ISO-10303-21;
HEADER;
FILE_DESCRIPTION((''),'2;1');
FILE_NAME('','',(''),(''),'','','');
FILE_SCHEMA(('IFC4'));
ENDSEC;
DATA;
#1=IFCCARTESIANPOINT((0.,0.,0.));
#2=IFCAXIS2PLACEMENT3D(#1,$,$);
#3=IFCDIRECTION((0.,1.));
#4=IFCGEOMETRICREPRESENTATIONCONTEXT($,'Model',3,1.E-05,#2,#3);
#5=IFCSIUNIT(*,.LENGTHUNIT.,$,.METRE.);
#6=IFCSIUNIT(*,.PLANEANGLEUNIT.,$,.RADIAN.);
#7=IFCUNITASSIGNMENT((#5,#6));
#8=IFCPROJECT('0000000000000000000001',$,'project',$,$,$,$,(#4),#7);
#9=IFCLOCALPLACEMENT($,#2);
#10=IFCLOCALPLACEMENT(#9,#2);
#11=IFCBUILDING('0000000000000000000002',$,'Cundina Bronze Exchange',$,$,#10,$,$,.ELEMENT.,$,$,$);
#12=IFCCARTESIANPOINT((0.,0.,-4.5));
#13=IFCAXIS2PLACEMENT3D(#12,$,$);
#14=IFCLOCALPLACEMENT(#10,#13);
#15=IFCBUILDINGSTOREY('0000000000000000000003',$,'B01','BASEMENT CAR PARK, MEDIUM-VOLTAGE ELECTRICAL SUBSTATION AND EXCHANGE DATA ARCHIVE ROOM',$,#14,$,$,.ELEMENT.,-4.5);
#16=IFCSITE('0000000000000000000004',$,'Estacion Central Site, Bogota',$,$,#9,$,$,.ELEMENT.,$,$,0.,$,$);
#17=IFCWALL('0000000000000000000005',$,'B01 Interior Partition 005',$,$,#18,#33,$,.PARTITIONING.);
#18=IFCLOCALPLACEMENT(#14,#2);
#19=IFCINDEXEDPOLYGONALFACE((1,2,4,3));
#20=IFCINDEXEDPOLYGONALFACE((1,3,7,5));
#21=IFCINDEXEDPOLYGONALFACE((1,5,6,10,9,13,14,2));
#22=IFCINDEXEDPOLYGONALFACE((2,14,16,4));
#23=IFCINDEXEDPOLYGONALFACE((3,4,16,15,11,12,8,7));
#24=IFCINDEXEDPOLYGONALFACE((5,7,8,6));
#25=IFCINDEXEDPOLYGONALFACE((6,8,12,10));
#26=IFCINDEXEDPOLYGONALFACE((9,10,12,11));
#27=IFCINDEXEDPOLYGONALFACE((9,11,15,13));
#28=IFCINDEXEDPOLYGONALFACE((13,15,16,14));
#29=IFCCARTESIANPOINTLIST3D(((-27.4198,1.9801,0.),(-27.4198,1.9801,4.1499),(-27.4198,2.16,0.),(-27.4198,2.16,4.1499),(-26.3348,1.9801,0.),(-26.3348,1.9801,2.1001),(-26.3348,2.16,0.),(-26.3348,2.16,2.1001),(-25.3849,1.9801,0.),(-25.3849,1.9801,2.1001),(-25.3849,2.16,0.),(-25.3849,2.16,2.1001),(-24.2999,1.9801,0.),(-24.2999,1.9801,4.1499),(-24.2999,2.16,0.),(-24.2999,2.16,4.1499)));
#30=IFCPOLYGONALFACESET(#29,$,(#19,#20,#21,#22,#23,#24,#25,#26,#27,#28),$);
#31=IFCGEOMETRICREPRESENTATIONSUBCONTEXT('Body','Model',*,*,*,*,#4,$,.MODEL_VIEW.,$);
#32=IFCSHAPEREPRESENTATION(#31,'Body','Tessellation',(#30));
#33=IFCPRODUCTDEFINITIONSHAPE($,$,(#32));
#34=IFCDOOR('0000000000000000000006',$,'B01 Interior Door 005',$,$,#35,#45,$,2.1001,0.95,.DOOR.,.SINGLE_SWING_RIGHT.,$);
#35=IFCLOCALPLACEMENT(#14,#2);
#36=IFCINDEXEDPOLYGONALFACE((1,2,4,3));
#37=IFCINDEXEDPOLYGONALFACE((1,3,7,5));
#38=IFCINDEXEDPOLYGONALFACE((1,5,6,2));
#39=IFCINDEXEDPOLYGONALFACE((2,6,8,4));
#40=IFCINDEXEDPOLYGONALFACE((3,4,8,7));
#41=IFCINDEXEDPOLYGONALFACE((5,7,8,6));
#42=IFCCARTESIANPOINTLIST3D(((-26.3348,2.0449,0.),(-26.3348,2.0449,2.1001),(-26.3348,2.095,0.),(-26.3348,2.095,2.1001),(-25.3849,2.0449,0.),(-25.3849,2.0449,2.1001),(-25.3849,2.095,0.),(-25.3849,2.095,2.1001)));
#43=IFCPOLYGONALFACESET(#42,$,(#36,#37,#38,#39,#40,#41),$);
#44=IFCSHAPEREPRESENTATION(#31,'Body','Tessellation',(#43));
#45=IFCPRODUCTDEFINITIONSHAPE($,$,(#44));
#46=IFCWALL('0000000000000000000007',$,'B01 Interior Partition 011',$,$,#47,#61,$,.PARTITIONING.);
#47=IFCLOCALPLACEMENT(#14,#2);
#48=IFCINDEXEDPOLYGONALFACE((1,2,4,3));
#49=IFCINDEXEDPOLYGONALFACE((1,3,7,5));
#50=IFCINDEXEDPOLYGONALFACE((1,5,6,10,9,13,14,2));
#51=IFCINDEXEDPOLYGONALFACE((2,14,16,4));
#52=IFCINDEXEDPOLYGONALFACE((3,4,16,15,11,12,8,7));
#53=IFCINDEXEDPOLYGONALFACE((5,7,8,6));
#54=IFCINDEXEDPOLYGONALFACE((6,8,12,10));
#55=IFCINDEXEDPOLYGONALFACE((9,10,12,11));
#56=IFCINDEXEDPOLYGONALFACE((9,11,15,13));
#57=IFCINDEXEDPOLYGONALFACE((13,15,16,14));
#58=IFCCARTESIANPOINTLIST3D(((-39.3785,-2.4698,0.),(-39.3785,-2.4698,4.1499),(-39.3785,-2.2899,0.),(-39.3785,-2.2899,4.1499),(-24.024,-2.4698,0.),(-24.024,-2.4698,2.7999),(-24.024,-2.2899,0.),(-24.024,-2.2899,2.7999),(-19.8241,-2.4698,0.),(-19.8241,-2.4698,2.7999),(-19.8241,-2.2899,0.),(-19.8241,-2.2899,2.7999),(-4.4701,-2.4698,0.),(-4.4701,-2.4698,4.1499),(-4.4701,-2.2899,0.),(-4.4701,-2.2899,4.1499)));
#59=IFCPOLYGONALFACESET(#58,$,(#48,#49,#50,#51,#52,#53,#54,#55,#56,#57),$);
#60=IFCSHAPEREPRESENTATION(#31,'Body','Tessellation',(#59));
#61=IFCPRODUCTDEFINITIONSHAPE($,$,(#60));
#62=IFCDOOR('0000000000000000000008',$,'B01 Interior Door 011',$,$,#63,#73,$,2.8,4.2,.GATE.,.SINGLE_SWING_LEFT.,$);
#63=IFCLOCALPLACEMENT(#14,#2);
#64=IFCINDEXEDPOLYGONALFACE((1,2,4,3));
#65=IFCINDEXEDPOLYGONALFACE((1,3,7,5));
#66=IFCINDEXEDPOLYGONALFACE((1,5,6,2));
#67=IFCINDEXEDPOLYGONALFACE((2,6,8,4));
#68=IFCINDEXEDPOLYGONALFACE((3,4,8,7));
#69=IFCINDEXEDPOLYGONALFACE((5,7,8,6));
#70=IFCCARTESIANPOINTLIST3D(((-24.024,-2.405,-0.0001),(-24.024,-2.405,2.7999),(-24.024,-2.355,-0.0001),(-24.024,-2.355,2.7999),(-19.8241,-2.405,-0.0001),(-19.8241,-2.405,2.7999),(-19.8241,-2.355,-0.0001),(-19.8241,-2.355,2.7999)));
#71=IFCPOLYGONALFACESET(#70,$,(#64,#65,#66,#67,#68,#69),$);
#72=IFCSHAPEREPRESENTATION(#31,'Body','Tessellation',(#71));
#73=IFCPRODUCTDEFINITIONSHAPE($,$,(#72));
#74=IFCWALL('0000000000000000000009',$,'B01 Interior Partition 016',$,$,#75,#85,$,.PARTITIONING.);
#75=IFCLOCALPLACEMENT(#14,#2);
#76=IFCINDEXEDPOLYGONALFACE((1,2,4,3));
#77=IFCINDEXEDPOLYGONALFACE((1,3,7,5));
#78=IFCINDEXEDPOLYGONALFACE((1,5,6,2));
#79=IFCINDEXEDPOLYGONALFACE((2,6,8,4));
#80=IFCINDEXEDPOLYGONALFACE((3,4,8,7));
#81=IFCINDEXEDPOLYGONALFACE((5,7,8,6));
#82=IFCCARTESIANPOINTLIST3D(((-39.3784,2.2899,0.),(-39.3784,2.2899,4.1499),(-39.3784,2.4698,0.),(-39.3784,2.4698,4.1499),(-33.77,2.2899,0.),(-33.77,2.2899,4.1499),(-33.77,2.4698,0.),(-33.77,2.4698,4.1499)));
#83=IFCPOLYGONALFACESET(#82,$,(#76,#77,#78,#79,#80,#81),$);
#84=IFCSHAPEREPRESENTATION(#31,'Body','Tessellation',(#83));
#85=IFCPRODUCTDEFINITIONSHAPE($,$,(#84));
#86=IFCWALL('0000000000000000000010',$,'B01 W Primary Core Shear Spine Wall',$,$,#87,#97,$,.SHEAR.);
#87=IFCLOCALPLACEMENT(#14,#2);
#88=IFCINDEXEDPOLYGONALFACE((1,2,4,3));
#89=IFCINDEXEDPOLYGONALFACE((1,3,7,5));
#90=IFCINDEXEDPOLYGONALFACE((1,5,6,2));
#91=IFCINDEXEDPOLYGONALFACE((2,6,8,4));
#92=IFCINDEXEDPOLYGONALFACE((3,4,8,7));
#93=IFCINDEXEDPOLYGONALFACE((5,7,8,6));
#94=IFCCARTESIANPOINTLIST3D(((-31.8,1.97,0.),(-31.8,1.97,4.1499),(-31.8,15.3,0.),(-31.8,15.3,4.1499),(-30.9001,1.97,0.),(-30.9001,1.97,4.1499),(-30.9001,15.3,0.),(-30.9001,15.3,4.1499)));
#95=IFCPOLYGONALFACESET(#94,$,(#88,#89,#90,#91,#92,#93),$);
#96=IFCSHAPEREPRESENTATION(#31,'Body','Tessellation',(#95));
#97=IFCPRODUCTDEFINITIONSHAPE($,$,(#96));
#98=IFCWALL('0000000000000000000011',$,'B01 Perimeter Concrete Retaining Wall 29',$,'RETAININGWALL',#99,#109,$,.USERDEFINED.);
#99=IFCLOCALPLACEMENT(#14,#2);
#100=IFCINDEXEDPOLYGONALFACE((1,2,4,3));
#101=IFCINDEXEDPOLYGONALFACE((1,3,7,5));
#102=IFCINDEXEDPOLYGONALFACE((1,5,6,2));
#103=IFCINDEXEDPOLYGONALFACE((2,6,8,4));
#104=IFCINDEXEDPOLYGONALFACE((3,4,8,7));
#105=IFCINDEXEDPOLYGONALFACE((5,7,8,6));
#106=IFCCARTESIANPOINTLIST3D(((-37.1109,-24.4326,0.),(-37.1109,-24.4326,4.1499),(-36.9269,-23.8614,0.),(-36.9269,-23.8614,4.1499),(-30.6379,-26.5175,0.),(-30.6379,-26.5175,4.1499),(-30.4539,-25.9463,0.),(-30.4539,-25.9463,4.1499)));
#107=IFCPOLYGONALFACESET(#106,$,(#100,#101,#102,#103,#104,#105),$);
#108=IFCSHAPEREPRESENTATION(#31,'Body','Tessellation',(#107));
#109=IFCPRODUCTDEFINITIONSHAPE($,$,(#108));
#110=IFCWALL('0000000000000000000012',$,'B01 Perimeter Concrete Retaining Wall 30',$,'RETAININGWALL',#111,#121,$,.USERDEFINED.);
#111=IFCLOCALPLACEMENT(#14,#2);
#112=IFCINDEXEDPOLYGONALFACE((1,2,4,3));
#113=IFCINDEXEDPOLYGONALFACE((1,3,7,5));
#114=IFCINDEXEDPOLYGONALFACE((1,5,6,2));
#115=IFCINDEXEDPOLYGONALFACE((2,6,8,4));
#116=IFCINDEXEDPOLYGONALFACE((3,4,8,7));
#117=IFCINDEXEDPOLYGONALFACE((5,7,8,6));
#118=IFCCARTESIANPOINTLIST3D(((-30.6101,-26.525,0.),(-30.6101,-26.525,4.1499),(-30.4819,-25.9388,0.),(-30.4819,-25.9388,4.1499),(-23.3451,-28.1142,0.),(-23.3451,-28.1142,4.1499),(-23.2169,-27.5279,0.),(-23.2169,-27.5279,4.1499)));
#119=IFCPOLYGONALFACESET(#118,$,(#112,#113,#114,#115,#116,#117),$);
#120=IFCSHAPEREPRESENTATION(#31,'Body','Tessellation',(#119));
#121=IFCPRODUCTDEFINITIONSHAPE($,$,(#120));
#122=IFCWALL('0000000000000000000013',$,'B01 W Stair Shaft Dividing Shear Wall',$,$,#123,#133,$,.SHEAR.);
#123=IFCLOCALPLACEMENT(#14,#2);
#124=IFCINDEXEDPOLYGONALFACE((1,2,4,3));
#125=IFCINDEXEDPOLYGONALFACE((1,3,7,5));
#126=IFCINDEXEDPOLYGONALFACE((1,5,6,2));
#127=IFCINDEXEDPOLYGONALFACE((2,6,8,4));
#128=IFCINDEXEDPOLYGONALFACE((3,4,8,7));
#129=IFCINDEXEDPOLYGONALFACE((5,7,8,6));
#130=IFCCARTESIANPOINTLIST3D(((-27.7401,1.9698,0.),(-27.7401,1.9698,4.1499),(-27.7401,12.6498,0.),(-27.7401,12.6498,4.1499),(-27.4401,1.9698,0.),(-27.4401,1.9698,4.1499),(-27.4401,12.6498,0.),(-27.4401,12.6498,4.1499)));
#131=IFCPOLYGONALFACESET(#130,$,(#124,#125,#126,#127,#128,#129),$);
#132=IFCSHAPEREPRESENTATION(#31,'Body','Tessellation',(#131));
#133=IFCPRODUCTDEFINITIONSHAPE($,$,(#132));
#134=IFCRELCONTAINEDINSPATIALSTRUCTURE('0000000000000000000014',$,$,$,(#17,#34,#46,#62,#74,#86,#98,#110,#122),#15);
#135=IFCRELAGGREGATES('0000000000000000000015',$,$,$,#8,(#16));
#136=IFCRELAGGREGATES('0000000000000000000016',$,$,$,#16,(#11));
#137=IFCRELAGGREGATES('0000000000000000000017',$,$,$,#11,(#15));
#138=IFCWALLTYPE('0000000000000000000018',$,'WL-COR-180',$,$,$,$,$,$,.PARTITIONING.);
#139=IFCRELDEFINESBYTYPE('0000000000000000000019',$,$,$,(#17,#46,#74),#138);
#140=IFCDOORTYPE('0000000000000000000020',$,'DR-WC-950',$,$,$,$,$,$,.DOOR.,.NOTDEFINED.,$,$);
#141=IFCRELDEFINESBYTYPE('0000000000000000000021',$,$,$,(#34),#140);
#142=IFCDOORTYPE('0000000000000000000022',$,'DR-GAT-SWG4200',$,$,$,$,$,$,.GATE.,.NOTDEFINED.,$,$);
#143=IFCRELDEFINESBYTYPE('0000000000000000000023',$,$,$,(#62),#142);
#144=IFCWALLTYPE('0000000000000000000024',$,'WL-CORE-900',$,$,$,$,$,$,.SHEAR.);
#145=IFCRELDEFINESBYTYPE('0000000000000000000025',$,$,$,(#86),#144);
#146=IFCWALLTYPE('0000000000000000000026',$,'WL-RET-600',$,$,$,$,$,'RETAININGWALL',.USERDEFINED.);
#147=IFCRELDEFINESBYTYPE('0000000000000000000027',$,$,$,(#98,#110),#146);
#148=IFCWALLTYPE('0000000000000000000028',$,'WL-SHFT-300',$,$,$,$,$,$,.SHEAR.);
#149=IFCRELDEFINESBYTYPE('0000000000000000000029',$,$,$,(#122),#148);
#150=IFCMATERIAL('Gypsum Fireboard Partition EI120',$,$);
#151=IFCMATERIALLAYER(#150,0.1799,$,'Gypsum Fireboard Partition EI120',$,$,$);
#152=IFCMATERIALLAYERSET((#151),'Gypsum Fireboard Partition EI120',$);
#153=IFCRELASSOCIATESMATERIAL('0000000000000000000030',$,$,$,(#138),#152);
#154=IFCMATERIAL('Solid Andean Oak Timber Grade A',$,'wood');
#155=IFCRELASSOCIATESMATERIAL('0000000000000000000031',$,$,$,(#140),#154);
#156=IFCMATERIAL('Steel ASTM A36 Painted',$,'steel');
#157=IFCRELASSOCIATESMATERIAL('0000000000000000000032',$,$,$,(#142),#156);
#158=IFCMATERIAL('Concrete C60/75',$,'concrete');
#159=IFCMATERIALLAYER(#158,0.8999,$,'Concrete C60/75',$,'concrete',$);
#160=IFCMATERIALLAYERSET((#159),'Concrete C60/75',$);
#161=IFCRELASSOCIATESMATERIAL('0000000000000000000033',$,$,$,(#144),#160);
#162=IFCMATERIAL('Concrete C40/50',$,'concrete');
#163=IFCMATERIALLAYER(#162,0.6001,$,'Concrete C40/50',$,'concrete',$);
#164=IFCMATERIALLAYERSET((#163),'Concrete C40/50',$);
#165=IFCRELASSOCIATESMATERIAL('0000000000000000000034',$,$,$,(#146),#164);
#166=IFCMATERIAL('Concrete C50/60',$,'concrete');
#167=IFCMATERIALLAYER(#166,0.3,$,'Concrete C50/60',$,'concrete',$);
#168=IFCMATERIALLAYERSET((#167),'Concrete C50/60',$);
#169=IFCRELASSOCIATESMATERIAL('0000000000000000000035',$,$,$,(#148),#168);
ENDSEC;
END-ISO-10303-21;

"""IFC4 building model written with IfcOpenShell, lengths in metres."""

from ifc_helpers import new_model, si_unit, direction, frame, frame_2d, origin, place, context, subcontext, project, spatial, rectangle, extrude, material, layer, layer_set, type_object, element, fill, save


model = new_model("IFC4")

# Units and contexts
model_context = context("Model", 3, precision=1e-05, world=origin(), true_north=direction((0.0, 1.0)))
body_context = subcontext(model_context, "Body", "Model", "MODEL_VIEW")
ifc_project = project(units=[si_unit("LENGTHUNIT", "METRE"), si_unit("PLANEANGLEUNIT", "RADIAN")], contexts=[model_context])

# Site, building, storey
site_placement = place(None, origin())
site = spatial("IfcSite", under=ifc_project, at=site_placement, Name="Estacion Central Site, Bogota", CompositionType="ELEMENT", RefElevation=0.0)
building_placement = place(site_placement, origin())
building = spatial("IfcBuilding", under=site, at=building_placement, Name="Cundina Bronze Exchange", CompositionType="ELEMENT")
storey_placement = place(building_placement, frame((0.0, 0.0, -4.5)))
storey = spatial("IfcBuildingStorey", under=building, at=storey_placement, Name="B01", Description="BASEMENT CAR PARK, MEDIUM-VOLTAGE ELECTRICAL SUBSTATION AND EXCHANGE DATA ARCHIVE ROOM", CompositionType="ELEMENT", Elevation=-4.5)

# Shared definitions
ifc_material_1 = material(Name="Concrete C60/75", Category="concrete")

# Walls, openings, doors
ifc_material_2 = material(Name="Gypsum Fireboard Partition EI120")
ifc_layer_1 = layer(ifc_material_2, 0.1799, Name="Gypsum Fireboard Partition EI120")
ifc_layer_set_1 = layer_set([ifc_layer_1], Name="Gypsum Fireboard Partition EI120")
wall_type_1 = type_object("IfcWallType", Name="WL-COR-180", PredefinedType="PARTITIONING", material=ifc_layer_set_1)
ifc_material_3 = material(Name="Steel ASTM A36 Painted", Category="steel")
wall_1_placement = place(storey_placement, frame((-27.4199, 2.0701, 0.0), z_axis=(0.0, 0.0, 1.0), x_axis=(1.0, 0.0, 0.0)))
wall_1 = element("IfcWall", 1, at=wall_1_placement, inside=storey, type_object=wall_type_1, Name="B01 Interior Partition 005", PredefinedType="PARTITIONING", context=body_context, shape_type="SweptSolid", body=[
    extrude(rectangle(XDim=3.1199, YDim=0.1799, at=frame_2d((1.5601, 0.0))), origin(), (0.0, 0.0, 1.0), 4.1499),
])
opening_1_placement = place(wall_1_placement, frame((1.085, 0.0, 0.0)))
opening_1 = element("IfcOpeningElement", 2, at=opening_1_placement, cuts=wall_1, PredefinedType="OPENING", context=body_context, shape_type="SweptSolid", body=[
    extrude(rectangle(XDim=0.95, YDim=2.1001, at=frame_2d((0.4751, 1.05))), frame((0.0, 0.0999, 0.0), z_axis=(0.0, -1.0, 0.0), x_axis=(1.0, 0.0, 0.0)), (0.0, 0.0, 1.0), 0.2),
])
ifc_material_4 = material(Name="Solid Andean Oak Timber Grade A", Category="wood")
door_type_1 = type_object("IfcDoorType", Name="DR-WC-950", OperationType="NOTDEFINED", PredefinedType="DOOR", material=ifc_material_4)
door_1_placement = place(opening_1_placement, origin())
door_1 = element("IfcDoor", 3, at=door_1_placement, inside=storey, type_object=door_type_1, Name="B01 Interior Door 005", OperationType="SINGLE_SWING_RIGHT", OverallHeight=2.1001, OverallWidth=0.95, PredefinedType="DOOR", context=body_context, shape_type="SweptSolid", body=[
    extrude(rectangle(XDim=0.95, YDim=2.1001, at=frame_2d((0.4751, 1.05))), frame((0.0, 0.0249, 0.0), z_axis=(0.0, -1.0, 0.0), x_axis=(1.0, 0.0, 0.0)), (0.0, 0.0, 1.0), 0.05),
])
fill(opening_1, door_1)
wall_2_placement = place(storey_placement, frame((-39.3784, -2.3799, 0.0), z_axis=(0.0, 0.0, 1.0), x_axis=(1.0, 0.0, 0.0)))
wall_2 = element("IfcWall", 4, at=wall_2_placement, inside=storey, type_object=wall_type_1, Name="B01 Interior Partition 011", PredefinedType="PARTITIONING", context=body_context, shape_type="SweptSolid", body=[
    extrude(rectangle(XDim=34.9084, YDim=0.1799, at=frame_2d((17.4541, 0.0))), origin(), (0.0, 0.0, 1.0), 4.1499),
])
opening_2_placement = place(wall_2_placement, frame((15.3542, 0.0, 0.0)))
opening_2 = element("IfcOpeningElement", 5, at=opening_2_placement, cuts=wall_2, PredefinedType="OPENING", context=body_context, shape_type="SweptSolid", body=[
    extrude(rectangle(XDim=4.2, YDim=2.8, at=frame_2d((2.1001, 1.3999))), frame((0.0, 0.0999, 0.0), z_axis=(0.0, -1.0, 0.0), x_axis=(1.0, 0.0, 0.0)), (0.0, 0.0, 1.0), 0.2),
])
door_type_2 = type_object("IfcDoorType", Name="DR-GAT-SWG4200", OperationType="NOTDEFINED", PredefinedType="GATE", material=ifc_material_3)
door_2_placement = place(opening_2_placement, origin())
door_2 = element("IfcDoor", 6, at=door_2_placement, inside=storey, type_object=door_type_2, Name="B01 Interior Door 011", OperationType="SINGLE_SWING_LEFT", OverallHeight=2.8, OverallWidth=4.2, PredefinedType="GATE", context=body_context, shape_type="SweptSolid", body=[
    extrude(rectangle(XDim=4.2, YDim=2.8, at=frame_2d((2.1001, 1.3999))), frame((0.0, 0.0249, 0.0), z_axis=(0.0, -1.0, 0.0), x_axis=(1.0, 0.0, 0.0)), (0.0, 0.0, 1.0), 0.05),
])
fill(opening_2, door_2)

# Walls
wall_3_placement = place(storey_placement, frame((-33.77, 2.3799, 0.0), z_axis=(0.0, 0.0, 1.0), x_axis=(-1.0, 0.0, 0.0)))
element("IfcWall", 7, at=wall_3_placement, inside=storey, type_object=wall_type_1, Name="B01 Interior Partition 016", PredefinedType="PARTITIONING", context=body_context, shape_type="SweptSolid", body=[
    extrude(rectangle(XDim=5.6084, YDim=0.1799, at=frame_2d((2.8042, 0.0))), origin(), (0.0, 0.0, 1.0), 4.1499),
])
ifc_layer_2 = layer(ifc_material_1, 0.8999, Name="Concrete C60/75", Category="concrete")
ifc_layer_set_2 = layer_set([ifc_layer_2], Name="Concrete C60/75")
wall_type_2 = type_object("IfcWallType", Name="WL-CORE-900", PredefinedType="SHEAR", material=ifc_layer_set_2)
wall_4_placement = place(storey_placement, frame((-31.3501, 1.97, 0.0), z_axis=(0.0, 0.0, 1.0), x_axis=(0.0, 1.0, 0.0)))
element("IfcWall", 8, at=wall_4_placement, inside=storey, type_object=wall_type_2, Name="B01 W Primary Core Shear Spine Wall", PredefinedType="SHEAR", context=body_context, shape_type="SweptSolid", body=[
    extrude(rectangle(XDim=13.3301, YDim=0.8999, at=frame_2d((6.665, 0.0))), origin(), (0.0, 0.0, 1.0), 4.1499),
])
ifc_material_5 = material(Name="Concrete C40/50", Category="concrete")
ifc_layer_3 = layer(ifc_material_5, 0.6001, Name="Concrete C40/50", Category="concrete")
ifc_layer_set_3 = layer_set([ifc_layer_3], Name="Concrete C40/50")
wall_type_3 = type_object("IfcWallType", Name="WL-RET-600", ElementType="RETAININGWALL", PredefinedType="USERDEFINED", material=ifc_layer_set_3)
wall_5_placement = place(storey_placement, frame((-37.019, -24.147, 0.0), z_axis=(0.0, 0.0, 1.0), x_axis=(0.951844, -0.306583, 0.0)))
element("IfcWall", 9, at=wall_5_placement, inside=storey, type_object=wall_type_3, Name="B01 Perimeter Concrete Retaining Wall 29", ObjectType="RETAININGWALL", PredefinedType="USERDEFINED", context=body_context, shape_type="SweptSolid", body=[
    extrude(rectangle(XDim=6.8005, YDim=0.6001, at=frame_2d((3.4004, 0.0))), origin(), (0.0, 0.0, 1.0), 4.1499),
])
wall_6_placement = place(storey_placement, frame((-30.5459, -26.2319, 0.0), z_axis=(0.0, 0.0, 1.0), x_axis=(0.976902, -0.213686, 0.0)))
element("IfcWall", 10, at=wall_6_placement, inside=storey, type_object=wall_type_3, Name="B01 Perimeter Concrete Retaining Wall 30", ObjectType="RETAININGWALL", PredefinedType="USERDEFINED", context=body_context, shape_type="SweptSolid", body=[
    extrude(rectangle(XDim=7.4368, YDim=0.6001, at=frame_2d((3.7183, 0.0))), origin(), (0.0, 0.0, 1.0), 4.1499),
])
ifc_material_6 = material(Name="Concrete C50/60", Category="concrete")
ifc_layer_4 = layer(ifc_material_6, 0.3, Name="Concrete C50/60", Category="concrete")
ifc_layer_set_4 = layer_set([ifc_layer_4], Name="Concrete C50/60")
wall_type_4 = type_object("IfcWallType", Name="WL-SHFT-300", PredefinedType="SHEAR", material=ifc_layer_set_4)
wall_7_placement = place(storey_placement, frame((-27.5901, 1.97, 0.0), z_axis=(0.0, 0.0, 1.0), x_axis=(0.0, 1.0, 0.0)))
element("IfcWall", 11, at=wall_7_placement, inside=storey, type_object=wall_type_4, Name="B01 W Stair Shaft Dividing Shear Wall", PredefinedType="SHEAR", context=body_context, shape_type="SweptSolid", body=[
    extrude(rectangle(XDim=10.6799, YDim=0.3, at=frame_2d((5.3398, 0.0))), origin(), (0.0, 0.0, 1.0), 4.1499),
])

save(model, "model.ifc")
